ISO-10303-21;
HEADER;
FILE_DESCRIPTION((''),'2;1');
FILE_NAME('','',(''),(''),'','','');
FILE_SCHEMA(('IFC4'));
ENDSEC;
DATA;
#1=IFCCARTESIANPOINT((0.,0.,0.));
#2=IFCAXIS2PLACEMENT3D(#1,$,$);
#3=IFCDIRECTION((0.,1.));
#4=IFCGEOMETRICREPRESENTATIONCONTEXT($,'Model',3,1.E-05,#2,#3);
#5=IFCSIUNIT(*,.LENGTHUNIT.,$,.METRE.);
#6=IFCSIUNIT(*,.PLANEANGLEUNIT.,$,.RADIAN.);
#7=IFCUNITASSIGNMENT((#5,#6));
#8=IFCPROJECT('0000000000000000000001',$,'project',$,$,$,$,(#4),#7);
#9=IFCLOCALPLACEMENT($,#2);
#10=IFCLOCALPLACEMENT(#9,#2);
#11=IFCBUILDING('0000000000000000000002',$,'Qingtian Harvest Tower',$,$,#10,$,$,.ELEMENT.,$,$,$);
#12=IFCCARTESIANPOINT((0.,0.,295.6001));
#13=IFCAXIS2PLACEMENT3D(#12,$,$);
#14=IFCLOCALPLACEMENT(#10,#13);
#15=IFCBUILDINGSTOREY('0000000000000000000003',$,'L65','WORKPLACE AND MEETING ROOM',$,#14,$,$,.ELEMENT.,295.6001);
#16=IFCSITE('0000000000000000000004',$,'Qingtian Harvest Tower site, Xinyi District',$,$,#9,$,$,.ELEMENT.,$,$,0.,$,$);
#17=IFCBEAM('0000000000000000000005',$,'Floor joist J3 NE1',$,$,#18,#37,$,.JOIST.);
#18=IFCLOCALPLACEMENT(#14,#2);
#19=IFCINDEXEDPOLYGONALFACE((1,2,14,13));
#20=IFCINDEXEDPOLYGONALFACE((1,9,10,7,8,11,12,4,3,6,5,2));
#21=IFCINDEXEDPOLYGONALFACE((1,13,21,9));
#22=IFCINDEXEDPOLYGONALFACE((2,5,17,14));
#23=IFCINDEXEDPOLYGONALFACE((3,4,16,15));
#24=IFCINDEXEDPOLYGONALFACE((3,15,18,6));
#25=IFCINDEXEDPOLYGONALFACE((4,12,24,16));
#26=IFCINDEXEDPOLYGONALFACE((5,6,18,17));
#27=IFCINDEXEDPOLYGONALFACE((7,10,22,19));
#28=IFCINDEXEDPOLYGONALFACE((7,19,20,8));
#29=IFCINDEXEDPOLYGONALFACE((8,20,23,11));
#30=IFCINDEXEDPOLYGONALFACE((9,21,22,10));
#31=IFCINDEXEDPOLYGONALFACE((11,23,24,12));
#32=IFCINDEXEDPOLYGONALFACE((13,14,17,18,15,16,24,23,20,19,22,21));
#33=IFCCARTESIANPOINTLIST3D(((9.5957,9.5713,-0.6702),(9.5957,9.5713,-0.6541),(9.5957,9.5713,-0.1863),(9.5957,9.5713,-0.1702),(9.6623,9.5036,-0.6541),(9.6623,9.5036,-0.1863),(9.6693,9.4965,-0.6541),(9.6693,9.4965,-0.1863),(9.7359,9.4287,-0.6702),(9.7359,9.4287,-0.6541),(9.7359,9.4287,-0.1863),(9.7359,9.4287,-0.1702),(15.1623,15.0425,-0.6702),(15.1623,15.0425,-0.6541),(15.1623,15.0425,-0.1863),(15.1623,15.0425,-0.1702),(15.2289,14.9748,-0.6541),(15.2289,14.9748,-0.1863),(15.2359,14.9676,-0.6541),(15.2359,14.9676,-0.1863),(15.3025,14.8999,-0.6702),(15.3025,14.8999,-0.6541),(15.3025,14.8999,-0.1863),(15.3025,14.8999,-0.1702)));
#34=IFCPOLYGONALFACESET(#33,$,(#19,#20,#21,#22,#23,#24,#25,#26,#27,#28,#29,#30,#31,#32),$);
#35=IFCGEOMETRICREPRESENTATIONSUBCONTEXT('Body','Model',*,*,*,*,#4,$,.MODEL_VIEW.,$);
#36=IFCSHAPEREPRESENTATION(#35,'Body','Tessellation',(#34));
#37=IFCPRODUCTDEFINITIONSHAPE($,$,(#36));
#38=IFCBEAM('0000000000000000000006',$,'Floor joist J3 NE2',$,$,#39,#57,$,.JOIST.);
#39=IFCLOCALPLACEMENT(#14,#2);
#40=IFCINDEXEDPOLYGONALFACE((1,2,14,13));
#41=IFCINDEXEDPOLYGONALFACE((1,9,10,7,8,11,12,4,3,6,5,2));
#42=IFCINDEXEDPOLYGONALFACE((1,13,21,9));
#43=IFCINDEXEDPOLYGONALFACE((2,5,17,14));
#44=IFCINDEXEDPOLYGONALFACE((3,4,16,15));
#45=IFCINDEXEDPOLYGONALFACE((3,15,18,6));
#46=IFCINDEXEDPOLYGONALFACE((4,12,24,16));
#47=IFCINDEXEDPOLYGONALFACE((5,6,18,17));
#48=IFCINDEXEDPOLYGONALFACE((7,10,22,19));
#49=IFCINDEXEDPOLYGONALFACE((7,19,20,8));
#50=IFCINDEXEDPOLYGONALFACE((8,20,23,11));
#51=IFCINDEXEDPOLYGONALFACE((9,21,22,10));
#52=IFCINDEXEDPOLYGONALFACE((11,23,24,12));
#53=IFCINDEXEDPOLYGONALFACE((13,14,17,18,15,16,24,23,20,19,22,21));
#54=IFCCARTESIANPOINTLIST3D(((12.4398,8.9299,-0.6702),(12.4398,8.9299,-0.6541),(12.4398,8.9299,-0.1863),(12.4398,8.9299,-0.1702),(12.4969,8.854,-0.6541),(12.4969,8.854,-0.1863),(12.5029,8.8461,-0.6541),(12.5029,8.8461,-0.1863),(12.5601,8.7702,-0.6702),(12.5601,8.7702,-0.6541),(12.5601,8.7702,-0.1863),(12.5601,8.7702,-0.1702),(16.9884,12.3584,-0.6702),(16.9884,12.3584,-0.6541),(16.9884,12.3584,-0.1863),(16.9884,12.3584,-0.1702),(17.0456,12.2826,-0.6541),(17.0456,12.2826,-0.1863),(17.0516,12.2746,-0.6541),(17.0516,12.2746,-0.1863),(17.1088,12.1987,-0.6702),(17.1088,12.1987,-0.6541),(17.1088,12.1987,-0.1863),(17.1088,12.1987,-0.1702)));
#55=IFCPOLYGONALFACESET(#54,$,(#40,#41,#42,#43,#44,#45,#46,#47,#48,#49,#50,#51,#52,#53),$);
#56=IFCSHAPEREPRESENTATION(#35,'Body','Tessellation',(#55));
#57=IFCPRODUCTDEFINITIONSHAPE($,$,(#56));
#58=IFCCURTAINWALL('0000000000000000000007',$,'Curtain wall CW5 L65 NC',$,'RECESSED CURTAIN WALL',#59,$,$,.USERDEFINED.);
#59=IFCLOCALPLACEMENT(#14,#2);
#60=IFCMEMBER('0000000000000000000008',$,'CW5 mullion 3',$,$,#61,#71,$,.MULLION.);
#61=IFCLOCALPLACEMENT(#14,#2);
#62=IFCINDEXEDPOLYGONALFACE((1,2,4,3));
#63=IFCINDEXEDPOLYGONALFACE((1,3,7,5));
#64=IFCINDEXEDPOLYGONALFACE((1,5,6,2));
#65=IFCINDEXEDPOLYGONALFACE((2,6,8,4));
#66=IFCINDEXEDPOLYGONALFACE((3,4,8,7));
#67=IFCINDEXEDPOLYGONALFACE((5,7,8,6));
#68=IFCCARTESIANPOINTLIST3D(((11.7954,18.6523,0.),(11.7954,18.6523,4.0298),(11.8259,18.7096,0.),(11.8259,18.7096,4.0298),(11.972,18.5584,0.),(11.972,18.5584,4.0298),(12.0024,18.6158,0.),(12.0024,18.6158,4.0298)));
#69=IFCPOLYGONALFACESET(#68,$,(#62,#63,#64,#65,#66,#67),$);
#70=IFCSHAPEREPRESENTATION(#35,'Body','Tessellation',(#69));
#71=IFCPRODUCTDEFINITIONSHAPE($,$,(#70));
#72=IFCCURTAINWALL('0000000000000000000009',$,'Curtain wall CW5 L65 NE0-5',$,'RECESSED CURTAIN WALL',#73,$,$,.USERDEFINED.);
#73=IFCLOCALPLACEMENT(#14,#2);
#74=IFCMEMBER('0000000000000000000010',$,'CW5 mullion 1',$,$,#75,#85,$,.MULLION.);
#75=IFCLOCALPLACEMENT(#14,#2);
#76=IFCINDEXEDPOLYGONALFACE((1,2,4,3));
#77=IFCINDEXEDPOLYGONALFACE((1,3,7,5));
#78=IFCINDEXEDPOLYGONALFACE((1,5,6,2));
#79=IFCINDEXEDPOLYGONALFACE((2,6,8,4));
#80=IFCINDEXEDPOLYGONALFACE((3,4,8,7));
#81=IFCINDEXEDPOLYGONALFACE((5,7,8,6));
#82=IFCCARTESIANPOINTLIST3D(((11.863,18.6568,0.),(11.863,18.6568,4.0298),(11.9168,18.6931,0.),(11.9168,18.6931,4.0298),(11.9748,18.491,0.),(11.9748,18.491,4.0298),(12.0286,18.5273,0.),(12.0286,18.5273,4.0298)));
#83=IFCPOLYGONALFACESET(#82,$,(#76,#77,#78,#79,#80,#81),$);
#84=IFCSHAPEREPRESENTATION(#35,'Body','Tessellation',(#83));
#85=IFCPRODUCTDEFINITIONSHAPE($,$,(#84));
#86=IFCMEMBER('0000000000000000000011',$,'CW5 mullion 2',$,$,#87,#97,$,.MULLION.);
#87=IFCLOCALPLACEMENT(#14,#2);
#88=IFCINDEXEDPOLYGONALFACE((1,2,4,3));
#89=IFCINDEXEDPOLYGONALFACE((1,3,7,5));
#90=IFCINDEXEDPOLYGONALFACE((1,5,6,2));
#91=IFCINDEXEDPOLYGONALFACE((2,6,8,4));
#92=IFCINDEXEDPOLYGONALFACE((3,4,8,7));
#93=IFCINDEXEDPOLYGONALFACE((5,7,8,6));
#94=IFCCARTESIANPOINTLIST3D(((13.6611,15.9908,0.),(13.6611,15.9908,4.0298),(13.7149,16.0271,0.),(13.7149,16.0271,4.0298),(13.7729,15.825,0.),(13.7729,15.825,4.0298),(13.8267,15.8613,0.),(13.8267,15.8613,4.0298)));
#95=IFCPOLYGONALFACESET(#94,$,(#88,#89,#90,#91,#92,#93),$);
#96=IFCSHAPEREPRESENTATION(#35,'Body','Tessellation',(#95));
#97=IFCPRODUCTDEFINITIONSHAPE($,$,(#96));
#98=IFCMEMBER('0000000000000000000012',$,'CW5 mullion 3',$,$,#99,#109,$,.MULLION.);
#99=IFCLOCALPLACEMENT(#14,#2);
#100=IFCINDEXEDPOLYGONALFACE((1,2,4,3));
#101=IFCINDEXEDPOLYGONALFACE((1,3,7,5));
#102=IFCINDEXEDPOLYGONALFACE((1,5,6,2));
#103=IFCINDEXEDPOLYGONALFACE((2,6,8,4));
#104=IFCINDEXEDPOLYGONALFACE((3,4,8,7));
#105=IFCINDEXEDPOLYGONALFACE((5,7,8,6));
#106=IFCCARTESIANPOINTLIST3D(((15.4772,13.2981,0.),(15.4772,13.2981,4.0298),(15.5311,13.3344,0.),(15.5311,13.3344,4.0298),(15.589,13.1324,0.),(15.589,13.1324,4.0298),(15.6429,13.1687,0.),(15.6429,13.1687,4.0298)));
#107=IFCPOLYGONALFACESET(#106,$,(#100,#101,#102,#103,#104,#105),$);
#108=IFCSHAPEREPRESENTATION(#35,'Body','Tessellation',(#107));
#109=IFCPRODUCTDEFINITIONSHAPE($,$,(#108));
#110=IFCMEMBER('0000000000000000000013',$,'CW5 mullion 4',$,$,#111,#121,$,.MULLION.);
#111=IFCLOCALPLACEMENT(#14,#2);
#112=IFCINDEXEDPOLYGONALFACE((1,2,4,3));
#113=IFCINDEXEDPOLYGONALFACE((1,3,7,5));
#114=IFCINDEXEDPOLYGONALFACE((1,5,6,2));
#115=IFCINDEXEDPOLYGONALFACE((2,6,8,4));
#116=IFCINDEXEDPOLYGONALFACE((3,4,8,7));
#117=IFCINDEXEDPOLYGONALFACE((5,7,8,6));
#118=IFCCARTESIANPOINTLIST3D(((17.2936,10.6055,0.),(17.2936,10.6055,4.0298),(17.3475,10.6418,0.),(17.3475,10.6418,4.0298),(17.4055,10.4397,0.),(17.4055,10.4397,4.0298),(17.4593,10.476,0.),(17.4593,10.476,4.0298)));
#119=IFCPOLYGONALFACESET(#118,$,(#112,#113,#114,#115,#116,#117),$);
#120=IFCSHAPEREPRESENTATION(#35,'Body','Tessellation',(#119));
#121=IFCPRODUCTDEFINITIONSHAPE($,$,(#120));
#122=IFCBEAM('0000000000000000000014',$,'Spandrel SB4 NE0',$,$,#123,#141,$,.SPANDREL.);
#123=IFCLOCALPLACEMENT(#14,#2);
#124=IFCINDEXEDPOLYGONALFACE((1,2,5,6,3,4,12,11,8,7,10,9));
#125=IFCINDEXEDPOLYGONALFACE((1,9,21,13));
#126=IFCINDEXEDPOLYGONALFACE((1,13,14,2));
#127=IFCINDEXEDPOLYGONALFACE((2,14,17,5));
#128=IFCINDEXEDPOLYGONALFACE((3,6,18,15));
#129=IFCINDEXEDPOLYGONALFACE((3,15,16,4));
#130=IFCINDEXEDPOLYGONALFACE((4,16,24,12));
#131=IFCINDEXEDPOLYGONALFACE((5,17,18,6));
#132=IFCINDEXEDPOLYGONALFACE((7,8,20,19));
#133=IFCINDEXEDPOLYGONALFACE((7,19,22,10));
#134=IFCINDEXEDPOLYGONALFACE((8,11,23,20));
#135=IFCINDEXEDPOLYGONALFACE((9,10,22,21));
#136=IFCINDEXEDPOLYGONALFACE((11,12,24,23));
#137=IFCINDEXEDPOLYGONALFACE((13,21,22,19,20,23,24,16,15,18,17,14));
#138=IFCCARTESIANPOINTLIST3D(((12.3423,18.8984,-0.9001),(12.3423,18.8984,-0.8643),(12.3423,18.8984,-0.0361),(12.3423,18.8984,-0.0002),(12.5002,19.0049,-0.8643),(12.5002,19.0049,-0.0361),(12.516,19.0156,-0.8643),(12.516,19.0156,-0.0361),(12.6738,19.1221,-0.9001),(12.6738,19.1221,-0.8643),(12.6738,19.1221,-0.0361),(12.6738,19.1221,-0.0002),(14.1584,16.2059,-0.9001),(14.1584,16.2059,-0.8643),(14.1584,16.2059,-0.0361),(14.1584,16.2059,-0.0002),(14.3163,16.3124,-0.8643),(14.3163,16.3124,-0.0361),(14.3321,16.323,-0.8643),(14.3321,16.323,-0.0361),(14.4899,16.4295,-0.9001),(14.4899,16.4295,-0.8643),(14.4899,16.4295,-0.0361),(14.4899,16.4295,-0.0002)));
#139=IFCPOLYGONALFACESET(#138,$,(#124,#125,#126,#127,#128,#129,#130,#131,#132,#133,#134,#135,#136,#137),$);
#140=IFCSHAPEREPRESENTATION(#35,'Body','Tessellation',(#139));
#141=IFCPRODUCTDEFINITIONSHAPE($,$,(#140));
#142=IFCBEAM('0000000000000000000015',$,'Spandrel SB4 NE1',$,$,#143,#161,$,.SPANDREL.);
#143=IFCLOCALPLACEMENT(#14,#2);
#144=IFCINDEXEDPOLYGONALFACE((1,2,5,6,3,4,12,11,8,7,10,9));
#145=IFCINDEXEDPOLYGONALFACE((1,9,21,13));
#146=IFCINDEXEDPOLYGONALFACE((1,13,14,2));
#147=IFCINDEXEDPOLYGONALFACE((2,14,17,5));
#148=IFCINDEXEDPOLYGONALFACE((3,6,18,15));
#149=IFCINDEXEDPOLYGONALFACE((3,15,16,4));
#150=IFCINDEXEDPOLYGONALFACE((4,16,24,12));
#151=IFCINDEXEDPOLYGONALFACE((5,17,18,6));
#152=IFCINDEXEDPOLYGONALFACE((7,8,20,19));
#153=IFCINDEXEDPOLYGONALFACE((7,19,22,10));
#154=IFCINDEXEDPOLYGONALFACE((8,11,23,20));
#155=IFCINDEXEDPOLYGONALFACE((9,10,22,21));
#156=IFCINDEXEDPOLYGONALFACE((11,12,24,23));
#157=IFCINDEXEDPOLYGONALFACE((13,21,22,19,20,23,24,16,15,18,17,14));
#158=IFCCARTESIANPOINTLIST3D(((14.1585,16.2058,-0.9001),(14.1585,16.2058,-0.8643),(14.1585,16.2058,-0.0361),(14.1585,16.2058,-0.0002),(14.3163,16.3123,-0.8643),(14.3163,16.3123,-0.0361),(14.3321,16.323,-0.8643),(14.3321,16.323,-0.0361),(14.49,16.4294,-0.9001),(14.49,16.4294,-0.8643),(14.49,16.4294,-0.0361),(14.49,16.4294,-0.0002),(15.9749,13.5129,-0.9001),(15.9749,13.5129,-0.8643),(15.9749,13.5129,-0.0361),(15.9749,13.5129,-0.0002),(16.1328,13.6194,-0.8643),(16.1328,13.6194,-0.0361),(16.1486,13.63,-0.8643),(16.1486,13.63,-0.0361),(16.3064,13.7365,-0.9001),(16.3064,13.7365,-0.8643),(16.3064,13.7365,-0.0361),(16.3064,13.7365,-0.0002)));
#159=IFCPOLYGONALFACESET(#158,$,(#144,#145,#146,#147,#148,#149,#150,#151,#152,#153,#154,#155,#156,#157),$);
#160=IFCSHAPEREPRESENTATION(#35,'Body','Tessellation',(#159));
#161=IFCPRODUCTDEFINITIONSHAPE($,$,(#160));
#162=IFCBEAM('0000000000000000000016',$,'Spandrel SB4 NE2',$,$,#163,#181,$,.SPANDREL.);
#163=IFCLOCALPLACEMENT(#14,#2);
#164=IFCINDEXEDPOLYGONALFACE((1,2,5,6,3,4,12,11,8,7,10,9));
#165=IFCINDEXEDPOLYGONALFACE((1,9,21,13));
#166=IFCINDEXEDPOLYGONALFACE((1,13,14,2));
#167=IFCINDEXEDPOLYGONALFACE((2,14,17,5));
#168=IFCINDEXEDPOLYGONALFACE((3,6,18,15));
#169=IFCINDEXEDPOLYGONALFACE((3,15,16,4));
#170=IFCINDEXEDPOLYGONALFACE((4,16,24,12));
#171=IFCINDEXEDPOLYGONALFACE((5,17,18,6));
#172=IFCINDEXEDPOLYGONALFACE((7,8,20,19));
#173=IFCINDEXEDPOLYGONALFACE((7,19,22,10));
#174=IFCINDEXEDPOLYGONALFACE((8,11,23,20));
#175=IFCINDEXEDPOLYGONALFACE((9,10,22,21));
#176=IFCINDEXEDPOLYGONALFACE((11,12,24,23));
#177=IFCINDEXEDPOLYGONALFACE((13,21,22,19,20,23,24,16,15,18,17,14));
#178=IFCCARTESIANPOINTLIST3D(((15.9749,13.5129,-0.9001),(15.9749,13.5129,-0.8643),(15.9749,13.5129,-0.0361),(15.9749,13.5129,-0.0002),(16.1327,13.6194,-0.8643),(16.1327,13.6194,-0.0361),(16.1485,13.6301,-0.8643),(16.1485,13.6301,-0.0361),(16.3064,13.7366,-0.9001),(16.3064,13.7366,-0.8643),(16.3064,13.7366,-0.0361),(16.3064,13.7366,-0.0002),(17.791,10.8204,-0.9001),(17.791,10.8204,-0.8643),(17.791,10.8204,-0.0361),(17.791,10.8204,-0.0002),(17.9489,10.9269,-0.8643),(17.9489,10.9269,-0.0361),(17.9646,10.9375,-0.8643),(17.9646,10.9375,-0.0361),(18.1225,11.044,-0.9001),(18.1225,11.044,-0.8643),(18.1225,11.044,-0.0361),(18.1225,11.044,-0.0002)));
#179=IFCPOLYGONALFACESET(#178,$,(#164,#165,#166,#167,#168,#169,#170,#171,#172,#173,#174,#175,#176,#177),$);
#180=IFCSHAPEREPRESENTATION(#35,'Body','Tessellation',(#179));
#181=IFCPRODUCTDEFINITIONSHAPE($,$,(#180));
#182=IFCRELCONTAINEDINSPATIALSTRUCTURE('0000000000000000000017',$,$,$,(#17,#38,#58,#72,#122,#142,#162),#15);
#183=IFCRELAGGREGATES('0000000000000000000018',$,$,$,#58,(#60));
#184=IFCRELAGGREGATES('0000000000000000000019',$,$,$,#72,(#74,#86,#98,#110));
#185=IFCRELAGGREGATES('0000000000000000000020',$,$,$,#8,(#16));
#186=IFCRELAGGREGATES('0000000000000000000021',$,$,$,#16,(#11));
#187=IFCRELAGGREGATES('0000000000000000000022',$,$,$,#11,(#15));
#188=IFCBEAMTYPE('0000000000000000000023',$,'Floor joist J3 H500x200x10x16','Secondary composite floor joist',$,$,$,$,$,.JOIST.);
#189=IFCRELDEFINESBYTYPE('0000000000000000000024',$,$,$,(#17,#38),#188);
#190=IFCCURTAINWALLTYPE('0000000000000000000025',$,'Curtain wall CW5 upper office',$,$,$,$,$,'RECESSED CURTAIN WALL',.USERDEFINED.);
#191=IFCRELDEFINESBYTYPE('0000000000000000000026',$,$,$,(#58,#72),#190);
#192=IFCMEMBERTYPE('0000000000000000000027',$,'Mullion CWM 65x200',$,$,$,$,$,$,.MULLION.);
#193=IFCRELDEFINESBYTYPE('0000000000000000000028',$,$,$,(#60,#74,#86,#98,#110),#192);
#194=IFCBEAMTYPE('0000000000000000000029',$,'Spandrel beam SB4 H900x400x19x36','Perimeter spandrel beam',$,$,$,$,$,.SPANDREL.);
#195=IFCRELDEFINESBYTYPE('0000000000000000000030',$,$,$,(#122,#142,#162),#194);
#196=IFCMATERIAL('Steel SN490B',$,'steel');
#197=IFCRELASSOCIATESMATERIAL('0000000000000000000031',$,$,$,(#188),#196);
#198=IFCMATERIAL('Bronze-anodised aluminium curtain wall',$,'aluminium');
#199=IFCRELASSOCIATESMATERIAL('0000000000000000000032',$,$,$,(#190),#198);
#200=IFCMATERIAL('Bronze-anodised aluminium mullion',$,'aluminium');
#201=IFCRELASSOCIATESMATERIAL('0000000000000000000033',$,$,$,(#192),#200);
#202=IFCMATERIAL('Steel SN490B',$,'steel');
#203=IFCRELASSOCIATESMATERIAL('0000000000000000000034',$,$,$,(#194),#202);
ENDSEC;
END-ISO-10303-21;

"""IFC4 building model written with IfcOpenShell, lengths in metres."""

from ifc_helpers import new_model, si_unit, direction, frame, origin, origin_2d, place, context, subcontext, project, spatial, rectangle, i_section, extrude, material, material_profile, profile_set, type_object, element, aggregate, save


model = new_model("IFC4")

# Units and contexts
model_context = context("Model", 3, precision=1e-05, world=origin(), true_north=direction((0.0, 1.0)))
body_context = subcontext(model_context, "Body", "Model", "MODEL_VIEW")
ifc_project = project(units=[si_unit("LENGTHUNIT", "METRE"), si_unit("PLANEANGLEUNIT", "RADIAN")], contexts=[model_context])

# Site, building, storey
site_placement = place(None, origin())
site = spatial("IfcSite", under=ifc_project, at=site_placement, Name="Qingtian Harvest Tower site, Xinyi District", CompositionType="ELEMENT", RefElevation=0.0)
building_placement = place(site_placement, origin())
building = spatial("IfcBuilding", under=site, at=building_placement, Name="Qingtian Harvest Tower", CompositionType="ELEMENT")
storey_placement = place(building_placement, frame((0.0, 0.0, 295.6001)))
storey = spatial("IfcBuildingStorey", under=building, at=storey_placement, Name="L65", Description="WORKPLACE AND MEETING ROOM", CompositionType="ELEMENT", Elevation=295.6001)

# Beams
ifc_material_1 = material(Name="Steel SN490B", Category="steel")
ifc_material_profile_1 = material_profile(ifc_material_1, i_section(OverallWidth=0.2, OverallDepth=0.5, WebThickness=0.01, FlangeThickness=0.0161, at=origin_2d()), Name="H500x200x10x16")
ifc_profile_set_1 = profile_set([ifc_material_profile_1], Name="Steel SN490B")
beam_type_1 = type_object("IfcBeamType", Name="Floor joist J3 H500x200x10x16", Description="Secondary composite floor joist", PredefinedType="JOIST", material=ifc_profile_set_1)
beam_1_placement = place(storey_placement, frame((15.2324, 14.9712, -0.4202), z_axis=(-0.713195, -0.700965, 0.0), x_axis=(0.700965, -0.713195, 0.0)))
element("IfcBeam", 1, at=beam_1_placement, inside=storey, type_object=beam_type_1, Name="Floor joist J3 NE1", PredefinedType="JOIST", context=body_context, shape_type="SweptSolid", body=[
    extrude(i_section(OverallWidth=0.2, OverallDepth=0.5, WebThickness=0.01, FlangeThickness=0.0161, at=origin_2d()), origin(), (0.0, 0.0, 1.0), 7.8052),
])
beam_2_placement = place(storey_placement, frame((17.0486, 12.2786, -0.4202), z_axis=(-0.798563, -0.601912, 0.0), x_axis=(0.601912, -0.798563, 0.0)))
element("IfcBeam", 2, at=beam_2_placement, inside=storey, type_object=beam_type_1, Name="Floor joist J3 NE2", PredefinedType="JOIST", context=body_context, shape_type="SweptSolid", body=[
    extrude(i_section(OverallWidth=0.2, OverallDepth=0.5, WebThickness=0.01, FlangeThickness=0.0161, at=origin_2d()), origin(), (0.0, 0.0, 1.0), 5.696),
])

# Curtain wall, member
ifc_material_2 = material(Name="Bronze-anodised aluminium curtain wall", Category="aluminium")
curtain_wall_type = type_object("IfcCurtainWallType", Name="Curtain wall CW5 upper office", ElementType="RECESSED CURTAIN WALL", PredefinedType="USERDEFINED", material=ifc_material_2)
curtain_wall_1_placement = place(storey_placement, origin())
curtain_wall_1 = element("IfcCurtainWall", 3, at=curtain_wall_1_placement, inside=storey, type_object=curtain_wall_type, Name="Curtain wall CW5 L65 NC", ObjectType="RECESSED CURTAIN WALL", PredefinedType="USERDEFINED")
ifc_material_3 = material(Name="Bronze-anodised aluminium mullion", Category="aluminium")
ifc_material_profile_2 = material_profile(ifc_material_3, rectangle(XDim=0.0649, YDim=0.2, at=origin_2d()), Name="AL 65x200")
ifc_profile_set_2 = profile_set([ifc_material_profile_2], Name="Bronze-anodised aluminium mullion")
member_type_1 = type_object("IfcMemberType", Name="Mullion CWM 65x200", PredefinedType="MULLION", material=ifc_profile_set_2)
member_1_placement = place(storey_placement, frame((11.8989, 18.634, 0.0), z_axis=(0.0, 0.0, 1.0), x_axis=(0.469472, 0.882948, 0.0)))
member_1 = element("IfcMember", 4, at=member_1_placement, type_object=member_type_1, Name="CW5 mullion 3", PredefinedType="MULLION", context=body_context, shape_type="SweptSolid", body=[
    extrude(rectangle(XDim=0.0649, YDim=0.2, at=origin_2d()), origin(), (0.0, 0.0, 1.0), 4.0298),
])

# Curtain wall, members
curtain_wall_2_placement = place(storey_placement, origin())
curtain_wall_2 = element("IfcCurtainWall", 5, at=curtain_wall_2_placement, inside=storey, type_object=curtain_wall_type, Name="Curtain wall CW5 L65 NE0-5", ObjectType="RECESSED CURTAIN WALL", PredefinedType="USERDEFINED")
member_2_placement = place(storey_placement, frame((11.9458, 18.592, 0.0), z_axis=(0.0, 0.0, 1.0), x_axis=(0.829038, 0.559193, 0.0)))
member_2 = element("IfcMember", 6, at=member_2_placement, type_object=member_type_1, Name="CW5 mullion 1", PredefinedType="MULLION", context=body_context, shape_type="SweptSolid", body=[
    extrude(rectangle(XDim=0.0649, YDim=0.2, at=origin_2d()), origin(), (0.0, 0.0, 1.0), 4.0298),
])
member_3_placement = place(storey_placement, frame((13.7439, 15.926, 0.0), z_axis=(0.0, 0.0, 1.0), x_axis=(0.829038, 0.559193, 0.0)))
member_3 = element("IfcMember", 7, at=member_3_placement, type_object=member_type_1, Name="CW5 mullion 2", PredefinedType="MULLION", context=body_context, shape_type="SweptSolid", body=[
    extrude(rectangle(XDim=0.0649, YDim=0.2, at=origin_2d()), origin(), (0.0, 0.0, 1.0), 4.0298),
])
member_4_placement = place(storey_placement, frame((15.5601, 13.2334, 0.0), z_axis=(0.0, 0.0, 1.0), x_axis=(0.829038, 0.559193, 0.0)))
member_4 = element("IfcMember", 8, at=member_4_placement, type_object=member_type_1, Name="CW5 mullion 3", PredefinedType="MULLION", context=body_context, shape_type="SweptSolid", body=[
    extrude(rectangle(XDim=0.0649, YDim=0.2, at=origin_2d()), origin(), (0.0, 0.0, 1.0), 4.0298),
])
member_5_placement = place(storey_placement, frame((17.3765, 10.5408, 0.0), z_axis=(0.0, 0.0, 1.0), x_axis=(0.829038, 0.559193, 0.0)))
member_5 = element("IfcMember", 9, at=member_5_placement, type_object=member_type_1, Name="CW5 mullion 4", PredefinedType="MULLION", context=body_context, shape_type="SweptSolid", body=[
    extrude(rectangle(XDim=0.0649, YDim=0.2, at=origin_2d()), origin(), (0.0, 0.0, 1.0), 4.0298),
])

# Beams
ifc_material_4 = material(Name="Steel SN490B", Category="steel")
ifc_material_profile_3 = material_profile(ifc_material_4, i_section(OverallWidth=0.3999, OverallDepth=0.8999, WebThickness=0.019, FlangeThickness=0.0359, at=origin_2d()), Name="H900x400x19x36")
ifc_profile_set_3 = profile_set([ifc_material_profile_3], Name="Steel SN490B")
beam_type_2 = type_object("IfcBeamType", Name="Spandrel beam SB4 H900x400x19x36", Description="Perimeter spandrel beam", PredefinedType="SPANDREL", material=ifc_profile_set_3)
beam_3_placement = place(storey_placement, frame((12.5081, 19.0103, -0.4502), z_axis=(0.559185, -0.829043, 0.0), x_axis=(0.829043, 0.559185, 0.0)))
element("IfcBeam", 10, at=beam_3_placement, inside=storey, type_object=beam_type_2, Name="Spandrel SB4 NE0", PredefinedType="SPANDREL", context=body_context, shape_type="SweptSolid", body=[
    extrude(i_section(OverallWidth=0.3999, OverallDepth=0.8999, WebThickness=0.019, FlangeThickness=0.0359, at=origin_2d()), origin(), (0.0, 0.0, 1.0), 3.2478),
])
beam_4_placement = place(storey_placement, frame((14.3242, 16.3176, -0.4502), z_axis=(0.559202, -0.829032, 0.0), x_axis=(0.829032, 0.559202, 0.0)))
element("IfcBeam", 11, at=beam_4_placement, inside=storey, type_object=beam_type_2, Name="Spandrel SB4 NE1", PredefinedType="SPANDREL", context=body_context, shape_type="SweptSolid", body=[
    extrude(i_section(OverallWidth=0.3999, OverallDepth=0.8999, WebThickness=0.019, FlangeThickness=0.0359, at=origin_2d()), origin(), (0.0, 0.0, 1.0), 3.2483),
])
beam_5_placement = place(storey_placement, frame((16.1406, 13.6248, -0.4502), z_axis=(0.559185, -0.829043, 0.0), x_axis=(0.829043, 0.559185, 0.0)))
element("IfcBeam", 12, at=beam_5_placement, inside=storey, type_object=beam_type_2, Name="Spandrel SB4 NE2", PredefinedType="SPANDREL", context=body_context, shape_type="SweptSolid", body=[
    extrude(i_section(OverallWidth=0.3999, OverallDepth=0.8999, WebThickness=0.019, FlangeThickness=0.0359, at=origin_2d()), origin(), (0.0, 0.0, 1.0), 3.2478),
])

aggregate(curtain_wall_1, [member_1])
aggregate(curtain_wall_2, [member_2, member_3, member_4, member_5])

save(model, "model.ifc")
